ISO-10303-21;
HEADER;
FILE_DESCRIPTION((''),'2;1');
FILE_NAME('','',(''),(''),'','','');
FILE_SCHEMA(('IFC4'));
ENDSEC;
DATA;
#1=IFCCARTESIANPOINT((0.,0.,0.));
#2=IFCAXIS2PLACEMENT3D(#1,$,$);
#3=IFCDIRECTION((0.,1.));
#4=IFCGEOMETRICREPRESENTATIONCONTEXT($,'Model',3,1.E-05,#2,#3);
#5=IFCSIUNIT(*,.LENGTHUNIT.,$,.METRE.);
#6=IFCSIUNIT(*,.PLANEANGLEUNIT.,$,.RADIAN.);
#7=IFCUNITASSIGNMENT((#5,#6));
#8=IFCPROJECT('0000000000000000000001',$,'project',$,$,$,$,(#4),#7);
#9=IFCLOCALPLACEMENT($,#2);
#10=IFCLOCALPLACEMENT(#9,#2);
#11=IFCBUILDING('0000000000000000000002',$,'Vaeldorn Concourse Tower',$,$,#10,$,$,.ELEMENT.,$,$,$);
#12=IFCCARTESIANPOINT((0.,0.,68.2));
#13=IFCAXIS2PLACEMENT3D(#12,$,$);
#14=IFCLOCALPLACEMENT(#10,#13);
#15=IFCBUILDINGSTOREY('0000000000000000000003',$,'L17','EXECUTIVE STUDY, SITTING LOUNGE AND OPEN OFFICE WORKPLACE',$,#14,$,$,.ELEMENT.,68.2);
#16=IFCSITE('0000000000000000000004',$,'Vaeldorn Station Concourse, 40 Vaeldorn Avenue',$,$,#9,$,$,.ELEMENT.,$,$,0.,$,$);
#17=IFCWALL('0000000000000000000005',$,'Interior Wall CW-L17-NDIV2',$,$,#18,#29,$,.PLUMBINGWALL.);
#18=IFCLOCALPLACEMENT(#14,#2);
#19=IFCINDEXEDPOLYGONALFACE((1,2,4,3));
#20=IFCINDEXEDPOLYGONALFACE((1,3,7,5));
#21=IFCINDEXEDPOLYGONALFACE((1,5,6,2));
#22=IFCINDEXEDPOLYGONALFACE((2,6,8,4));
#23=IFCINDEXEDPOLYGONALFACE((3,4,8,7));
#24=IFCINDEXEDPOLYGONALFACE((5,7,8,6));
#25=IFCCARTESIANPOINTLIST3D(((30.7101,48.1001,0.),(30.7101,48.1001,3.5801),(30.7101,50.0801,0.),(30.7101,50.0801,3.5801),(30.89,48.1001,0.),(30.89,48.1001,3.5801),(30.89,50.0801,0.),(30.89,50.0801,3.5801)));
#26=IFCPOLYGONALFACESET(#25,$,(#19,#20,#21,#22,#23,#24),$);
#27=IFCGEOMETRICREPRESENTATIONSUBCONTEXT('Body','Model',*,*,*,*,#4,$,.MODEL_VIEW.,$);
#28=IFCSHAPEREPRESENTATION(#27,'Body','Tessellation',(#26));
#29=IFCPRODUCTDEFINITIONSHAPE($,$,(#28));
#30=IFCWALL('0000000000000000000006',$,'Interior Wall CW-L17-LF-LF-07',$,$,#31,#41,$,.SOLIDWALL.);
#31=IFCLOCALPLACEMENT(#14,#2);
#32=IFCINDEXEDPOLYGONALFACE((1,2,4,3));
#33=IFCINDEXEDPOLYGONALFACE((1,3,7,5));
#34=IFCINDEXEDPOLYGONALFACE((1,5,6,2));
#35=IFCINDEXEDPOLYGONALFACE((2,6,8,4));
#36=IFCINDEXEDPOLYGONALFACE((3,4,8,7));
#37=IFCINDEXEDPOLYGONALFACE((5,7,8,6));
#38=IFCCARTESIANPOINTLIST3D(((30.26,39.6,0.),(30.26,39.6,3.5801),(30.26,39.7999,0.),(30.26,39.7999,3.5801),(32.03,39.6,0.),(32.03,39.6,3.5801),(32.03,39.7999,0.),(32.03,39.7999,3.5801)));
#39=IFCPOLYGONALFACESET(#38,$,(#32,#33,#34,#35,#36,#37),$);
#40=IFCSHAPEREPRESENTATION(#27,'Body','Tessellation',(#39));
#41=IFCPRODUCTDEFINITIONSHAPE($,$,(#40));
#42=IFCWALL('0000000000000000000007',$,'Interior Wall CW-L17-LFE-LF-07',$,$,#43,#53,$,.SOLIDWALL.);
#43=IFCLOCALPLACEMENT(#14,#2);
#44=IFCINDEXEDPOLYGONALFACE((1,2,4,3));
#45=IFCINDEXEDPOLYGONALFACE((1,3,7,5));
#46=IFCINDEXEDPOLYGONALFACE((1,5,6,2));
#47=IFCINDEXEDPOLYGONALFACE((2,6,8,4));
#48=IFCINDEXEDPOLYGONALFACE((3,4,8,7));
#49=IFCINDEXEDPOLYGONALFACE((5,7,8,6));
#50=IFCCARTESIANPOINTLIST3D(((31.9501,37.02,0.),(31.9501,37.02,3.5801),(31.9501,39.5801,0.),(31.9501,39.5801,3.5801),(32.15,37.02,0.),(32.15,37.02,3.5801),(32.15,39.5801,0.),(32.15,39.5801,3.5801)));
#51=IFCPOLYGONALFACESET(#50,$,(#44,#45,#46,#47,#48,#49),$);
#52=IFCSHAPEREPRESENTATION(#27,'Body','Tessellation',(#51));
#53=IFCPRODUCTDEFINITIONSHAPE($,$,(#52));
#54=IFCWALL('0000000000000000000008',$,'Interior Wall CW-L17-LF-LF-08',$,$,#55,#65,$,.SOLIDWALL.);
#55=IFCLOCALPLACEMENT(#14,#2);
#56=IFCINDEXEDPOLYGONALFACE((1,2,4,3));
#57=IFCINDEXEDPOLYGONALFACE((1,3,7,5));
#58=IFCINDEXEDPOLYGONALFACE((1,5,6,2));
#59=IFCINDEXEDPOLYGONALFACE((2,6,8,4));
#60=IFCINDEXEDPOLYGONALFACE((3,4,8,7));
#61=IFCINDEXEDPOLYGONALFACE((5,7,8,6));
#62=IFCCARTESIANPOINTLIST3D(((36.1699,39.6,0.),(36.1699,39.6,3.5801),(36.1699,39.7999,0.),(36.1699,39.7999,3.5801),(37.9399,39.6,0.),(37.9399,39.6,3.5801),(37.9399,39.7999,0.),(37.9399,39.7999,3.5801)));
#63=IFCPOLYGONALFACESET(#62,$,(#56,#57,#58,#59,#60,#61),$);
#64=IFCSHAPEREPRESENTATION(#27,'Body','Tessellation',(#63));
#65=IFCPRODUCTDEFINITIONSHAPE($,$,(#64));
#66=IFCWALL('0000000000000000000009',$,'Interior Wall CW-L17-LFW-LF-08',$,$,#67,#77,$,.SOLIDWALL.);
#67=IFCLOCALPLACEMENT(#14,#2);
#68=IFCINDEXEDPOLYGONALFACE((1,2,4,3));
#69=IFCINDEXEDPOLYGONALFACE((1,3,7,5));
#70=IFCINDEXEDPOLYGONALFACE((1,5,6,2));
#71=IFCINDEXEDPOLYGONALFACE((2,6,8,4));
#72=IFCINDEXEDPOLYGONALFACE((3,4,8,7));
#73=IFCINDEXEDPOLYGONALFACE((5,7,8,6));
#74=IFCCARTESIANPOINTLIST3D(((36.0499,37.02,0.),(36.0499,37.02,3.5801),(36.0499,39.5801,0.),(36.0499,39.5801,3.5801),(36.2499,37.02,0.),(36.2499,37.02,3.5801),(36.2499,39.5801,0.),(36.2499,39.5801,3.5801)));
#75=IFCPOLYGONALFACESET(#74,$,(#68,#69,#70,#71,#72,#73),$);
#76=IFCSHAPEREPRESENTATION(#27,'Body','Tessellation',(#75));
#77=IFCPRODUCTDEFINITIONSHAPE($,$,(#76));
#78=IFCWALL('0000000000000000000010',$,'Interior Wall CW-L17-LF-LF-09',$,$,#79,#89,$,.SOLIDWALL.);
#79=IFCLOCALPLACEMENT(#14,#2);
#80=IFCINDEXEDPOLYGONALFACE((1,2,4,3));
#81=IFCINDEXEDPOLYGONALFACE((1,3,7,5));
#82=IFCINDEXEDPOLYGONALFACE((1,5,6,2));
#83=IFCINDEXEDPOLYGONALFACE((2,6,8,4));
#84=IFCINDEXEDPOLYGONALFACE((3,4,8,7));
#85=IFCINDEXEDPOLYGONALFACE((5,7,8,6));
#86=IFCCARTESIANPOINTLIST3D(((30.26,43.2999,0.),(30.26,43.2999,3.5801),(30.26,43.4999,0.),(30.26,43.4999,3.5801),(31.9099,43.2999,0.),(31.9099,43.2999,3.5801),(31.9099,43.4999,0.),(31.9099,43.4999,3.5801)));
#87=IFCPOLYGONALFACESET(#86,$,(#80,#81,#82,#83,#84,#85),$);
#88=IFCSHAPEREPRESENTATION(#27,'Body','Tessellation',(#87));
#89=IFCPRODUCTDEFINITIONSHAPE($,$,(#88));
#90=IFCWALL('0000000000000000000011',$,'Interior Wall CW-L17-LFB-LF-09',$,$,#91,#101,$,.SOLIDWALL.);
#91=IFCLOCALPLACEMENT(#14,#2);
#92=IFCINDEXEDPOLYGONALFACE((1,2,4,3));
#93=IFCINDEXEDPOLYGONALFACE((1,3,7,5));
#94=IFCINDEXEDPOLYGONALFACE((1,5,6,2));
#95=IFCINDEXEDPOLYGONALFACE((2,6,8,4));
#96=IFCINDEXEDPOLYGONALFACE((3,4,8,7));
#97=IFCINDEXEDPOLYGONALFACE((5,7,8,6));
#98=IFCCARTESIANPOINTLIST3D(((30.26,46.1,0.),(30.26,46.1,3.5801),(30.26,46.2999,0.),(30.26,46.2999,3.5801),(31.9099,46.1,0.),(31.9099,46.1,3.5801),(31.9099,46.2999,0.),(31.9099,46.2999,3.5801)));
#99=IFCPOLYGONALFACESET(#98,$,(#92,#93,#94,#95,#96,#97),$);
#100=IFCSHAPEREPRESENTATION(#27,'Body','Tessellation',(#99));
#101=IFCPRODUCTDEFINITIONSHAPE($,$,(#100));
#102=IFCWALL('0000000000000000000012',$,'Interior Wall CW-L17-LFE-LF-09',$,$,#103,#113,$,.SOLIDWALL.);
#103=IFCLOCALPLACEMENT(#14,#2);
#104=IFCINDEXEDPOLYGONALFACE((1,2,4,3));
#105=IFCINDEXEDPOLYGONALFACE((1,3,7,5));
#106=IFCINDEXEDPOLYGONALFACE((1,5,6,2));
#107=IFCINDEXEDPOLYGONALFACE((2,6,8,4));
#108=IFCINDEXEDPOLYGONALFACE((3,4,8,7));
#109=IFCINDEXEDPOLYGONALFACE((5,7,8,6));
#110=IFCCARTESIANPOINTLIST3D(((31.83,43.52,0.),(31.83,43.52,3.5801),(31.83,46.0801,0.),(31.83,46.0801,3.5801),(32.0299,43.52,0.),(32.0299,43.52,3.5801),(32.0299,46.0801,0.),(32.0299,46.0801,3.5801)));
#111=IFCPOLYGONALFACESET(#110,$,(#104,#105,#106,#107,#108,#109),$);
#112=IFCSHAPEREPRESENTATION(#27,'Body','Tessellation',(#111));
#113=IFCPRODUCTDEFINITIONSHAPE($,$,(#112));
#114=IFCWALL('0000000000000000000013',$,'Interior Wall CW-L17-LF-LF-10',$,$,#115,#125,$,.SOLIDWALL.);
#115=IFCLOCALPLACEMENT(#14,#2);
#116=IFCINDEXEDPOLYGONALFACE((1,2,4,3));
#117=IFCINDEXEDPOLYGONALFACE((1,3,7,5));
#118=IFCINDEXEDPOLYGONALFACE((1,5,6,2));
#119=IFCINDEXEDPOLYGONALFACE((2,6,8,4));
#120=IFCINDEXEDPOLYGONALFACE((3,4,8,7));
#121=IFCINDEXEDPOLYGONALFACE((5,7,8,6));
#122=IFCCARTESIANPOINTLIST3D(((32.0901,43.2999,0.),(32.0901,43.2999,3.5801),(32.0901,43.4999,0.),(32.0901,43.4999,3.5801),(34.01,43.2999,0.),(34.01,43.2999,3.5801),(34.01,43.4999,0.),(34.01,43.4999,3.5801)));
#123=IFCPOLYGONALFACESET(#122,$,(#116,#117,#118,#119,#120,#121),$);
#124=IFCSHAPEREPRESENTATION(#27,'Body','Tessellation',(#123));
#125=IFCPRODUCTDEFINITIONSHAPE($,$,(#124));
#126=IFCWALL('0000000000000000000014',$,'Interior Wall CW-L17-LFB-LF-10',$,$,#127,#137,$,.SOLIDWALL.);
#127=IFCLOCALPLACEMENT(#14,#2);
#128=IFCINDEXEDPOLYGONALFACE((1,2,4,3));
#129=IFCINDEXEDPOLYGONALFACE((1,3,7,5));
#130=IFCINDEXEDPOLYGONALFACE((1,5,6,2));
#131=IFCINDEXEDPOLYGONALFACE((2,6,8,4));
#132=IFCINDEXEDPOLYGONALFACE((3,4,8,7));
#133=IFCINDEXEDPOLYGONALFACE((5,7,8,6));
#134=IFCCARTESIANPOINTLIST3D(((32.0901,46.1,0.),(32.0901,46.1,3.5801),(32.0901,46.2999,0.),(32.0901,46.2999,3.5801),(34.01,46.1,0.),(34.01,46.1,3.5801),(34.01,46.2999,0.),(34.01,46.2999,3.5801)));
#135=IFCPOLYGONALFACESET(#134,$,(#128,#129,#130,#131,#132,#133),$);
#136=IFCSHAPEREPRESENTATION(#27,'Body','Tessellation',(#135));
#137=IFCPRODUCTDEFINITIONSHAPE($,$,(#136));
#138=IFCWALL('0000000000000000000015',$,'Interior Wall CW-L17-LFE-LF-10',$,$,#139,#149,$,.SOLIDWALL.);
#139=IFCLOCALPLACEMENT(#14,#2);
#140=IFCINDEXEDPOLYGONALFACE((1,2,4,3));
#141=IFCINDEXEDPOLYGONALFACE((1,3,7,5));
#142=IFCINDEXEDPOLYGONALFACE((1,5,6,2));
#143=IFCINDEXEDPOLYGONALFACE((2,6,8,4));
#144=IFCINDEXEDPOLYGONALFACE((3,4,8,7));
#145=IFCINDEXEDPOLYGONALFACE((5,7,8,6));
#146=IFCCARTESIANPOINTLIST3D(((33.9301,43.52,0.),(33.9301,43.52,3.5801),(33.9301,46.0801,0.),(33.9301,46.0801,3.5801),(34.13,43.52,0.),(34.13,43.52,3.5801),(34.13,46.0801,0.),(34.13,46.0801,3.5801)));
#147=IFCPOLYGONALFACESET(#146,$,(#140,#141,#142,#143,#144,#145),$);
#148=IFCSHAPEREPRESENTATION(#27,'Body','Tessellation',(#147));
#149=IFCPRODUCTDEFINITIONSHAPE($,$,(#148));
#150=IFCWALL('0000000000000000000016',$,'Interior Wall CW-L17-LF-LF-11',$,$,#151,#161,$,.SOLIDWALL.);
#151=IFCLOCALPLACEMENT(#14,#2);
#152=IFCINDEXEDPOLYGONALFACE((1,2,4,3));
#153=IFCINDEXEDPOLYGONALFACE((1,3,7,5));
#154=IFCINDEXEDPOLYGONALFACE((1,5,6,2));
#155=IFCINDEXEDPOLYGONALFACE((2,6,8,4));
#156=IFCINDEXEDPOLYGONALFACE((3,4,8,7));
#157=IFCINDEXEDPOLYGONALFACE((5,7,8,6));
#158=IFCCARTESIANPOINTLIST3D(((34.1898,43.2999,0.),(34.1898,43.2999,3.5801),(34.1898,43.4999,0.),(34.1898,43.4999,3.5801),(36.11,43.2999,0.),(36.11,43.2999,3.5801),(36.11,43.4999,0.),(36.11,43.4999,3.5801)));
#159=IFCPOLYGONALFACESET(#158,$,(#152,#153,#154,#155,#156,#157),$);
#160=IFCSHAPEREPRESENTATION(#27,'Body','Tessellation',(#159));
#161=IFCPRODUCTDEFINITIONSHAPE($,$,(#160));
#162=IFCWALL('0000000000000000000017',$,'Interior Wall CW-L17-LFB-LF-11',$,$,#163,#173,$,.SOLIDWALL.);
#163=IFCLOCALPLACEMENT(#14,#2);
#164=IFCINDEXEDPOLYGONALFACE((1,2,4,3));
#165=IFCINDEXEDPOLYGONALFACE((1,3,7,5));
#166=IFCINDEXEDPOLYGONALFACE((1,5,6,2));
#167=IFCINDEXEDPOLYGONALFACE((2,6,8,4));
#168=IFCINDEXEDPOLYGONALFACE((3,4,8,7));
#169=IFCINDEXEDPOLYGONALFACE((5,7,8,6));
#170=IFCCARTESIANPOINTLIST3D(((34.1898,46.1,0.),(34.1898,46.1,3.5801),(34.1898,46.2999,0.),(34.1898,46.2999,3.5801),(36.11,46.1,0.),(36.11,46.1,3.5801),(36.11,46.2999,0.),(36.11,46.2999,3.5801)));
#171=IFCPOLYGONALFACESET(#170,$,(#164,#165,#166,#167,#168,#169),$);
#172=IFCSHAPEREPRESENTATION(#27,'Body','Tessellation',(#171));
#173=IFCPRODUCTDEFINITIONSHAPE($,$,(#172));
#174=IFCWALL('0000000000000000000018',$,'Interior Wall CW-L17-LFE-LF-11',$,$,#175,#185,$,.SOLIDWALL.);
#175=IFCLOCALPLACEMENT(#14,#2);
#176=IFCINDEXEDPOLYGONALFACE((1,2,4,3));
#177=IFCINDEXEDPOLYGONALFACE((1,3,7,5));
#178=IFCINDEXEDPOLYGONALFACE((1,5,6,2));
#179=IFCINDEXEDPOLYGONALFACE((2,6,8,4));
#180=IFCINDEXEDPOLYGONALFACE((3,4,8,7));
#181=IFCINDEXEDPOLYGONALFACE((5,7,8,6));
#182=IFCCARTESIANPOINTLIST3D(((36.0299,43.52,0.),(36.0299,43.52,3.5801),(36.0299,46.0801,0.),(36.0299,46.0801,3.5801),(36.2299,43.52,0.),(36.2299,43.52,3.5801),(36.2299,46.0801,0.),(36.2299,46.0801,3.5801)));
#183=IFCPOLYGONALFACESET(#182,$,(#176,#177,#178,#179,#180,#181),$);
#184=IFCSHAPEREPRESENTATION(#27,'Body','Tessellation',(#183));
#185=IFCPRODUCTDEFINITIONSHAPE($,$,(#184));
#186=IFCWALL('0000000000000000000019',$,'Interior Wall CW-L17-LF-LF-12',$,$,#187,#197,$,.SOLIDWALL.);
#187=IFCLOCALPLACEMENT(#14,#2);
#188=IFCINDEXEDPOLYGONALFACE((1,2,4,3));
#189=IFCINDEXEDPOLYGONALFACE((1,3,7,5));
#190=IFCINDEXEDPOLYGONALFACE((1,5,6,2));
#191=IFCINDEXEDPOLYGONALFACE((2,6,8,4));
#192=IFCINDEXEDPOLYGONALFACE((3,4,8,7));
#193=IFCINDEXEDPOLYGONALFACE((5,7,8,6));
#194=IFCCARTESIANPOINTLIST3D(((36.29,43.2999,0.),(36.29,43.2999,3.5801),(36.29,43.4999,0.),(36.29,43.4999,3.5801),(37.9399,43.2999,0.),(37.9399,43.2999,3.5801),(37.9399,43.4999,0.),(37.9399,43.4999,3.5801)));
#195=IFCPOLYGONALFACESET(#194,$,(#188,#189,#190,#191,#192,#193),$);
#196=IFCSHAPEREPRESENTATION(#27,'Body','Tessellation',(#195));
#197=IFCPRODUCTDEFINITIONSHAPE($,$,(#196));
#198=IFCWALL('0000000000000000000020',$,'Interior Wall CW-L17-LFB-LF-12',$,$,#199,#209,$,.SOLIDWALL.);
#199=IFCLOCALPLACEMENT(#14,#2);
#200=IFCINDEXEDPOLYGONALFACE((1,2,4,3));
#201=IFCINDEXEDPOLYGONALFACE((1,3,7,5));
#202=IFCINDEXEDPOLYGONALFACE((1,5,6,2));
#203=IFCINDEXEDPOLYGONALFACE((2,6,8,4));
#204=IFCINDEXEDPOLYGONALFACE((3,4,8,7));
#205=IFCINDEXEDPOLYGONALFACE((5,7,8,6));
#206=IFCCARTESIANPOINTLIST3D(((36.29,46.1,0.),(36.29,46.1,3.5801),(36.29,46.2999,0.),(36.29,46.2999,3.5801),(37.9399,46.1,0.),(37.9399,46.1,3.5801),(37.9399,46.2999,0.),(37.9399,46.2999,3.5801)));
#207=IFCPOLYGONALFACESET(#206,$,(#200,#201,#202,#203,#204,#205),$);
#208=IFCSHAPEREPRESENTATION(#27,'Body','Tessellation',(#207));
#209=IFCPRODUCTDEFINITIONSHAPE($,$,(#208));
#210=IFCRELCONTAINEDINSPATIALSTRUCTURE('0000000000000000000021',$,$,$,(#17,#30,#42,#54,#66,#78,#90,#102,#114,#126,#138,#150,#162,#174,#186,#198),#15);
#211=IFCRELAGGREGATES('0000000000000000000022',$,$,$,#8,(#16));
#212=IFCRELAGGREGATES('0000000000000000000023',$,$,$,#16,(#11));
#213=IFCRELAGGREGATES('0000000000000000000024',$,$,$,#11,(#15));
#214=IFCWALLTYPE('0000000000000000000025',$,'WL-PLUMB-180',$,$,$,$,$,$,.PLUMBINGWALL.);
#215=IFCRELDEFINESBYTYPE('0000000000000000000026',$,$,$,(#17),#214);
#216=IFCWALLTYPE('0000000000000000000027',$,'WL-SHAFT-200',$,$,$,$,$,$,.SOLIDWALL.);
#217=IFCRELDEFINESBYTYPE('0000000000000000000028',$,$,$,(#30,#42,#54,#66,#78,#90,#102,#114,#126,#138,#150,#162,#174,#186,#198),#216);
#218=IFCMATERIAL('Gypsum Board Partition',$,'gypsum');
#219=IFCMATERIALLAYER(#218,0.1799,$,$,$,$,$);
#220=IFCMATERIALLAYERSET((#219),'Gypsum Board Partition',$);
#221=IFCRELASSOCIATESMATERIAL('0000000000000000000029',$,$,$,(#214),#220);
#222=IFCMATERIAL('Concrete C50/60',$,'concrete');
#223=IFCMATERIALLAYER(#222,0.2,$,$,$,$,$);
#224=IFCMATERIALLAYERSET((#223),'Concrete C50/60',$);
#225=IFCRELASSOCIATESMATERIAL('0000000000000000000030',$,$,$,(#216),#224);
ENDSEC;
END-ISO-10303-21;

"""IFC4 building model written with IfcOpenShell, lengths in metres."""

from ifc_helpers import new_model, si_unit, direction, frame, frame_2d, origin, place, context, subcontext, project, spatial, rectangle, extrude, material, layer, layer_set, type_object, element, save


model = new_model("IFC4")

# Units and contexts
model_context = context("Model", 3, precision=1e-05, world=origin(), true_north=direction((0.0, 1.0)))
body_context = subcontext(model_context, "Body", "Model", "MODEL_VIEW")
ifc_project = project(units=[si_unit("LENGTHUNIT", "METRE"), si_unit("PLANEANGLEUNIT", "RADIAN")], contexts=[model_context])

# Site, building, storey
site_placement = place(None, origin())
site = spatial("IfcSite", under=ifc_project, at=site_placement, Name="Vaeldorn Station Concourse, 40 Vaeldorn Avenue", CompositionType="ELEMENT", RefElevation=0.0)
building_placement = place(site_placement, origin())
building = spatial("IfcBuilding", under=site, at=building_placement, Name="Vaeldorn Concourse Tower", CompositionType="ELEMENT")
storey_placement = place(building_placement, frame((0.0, 0.0, 68.2)))
storey = spatial("IfcBuildingStorey", under=building, at=storey_placement, Name="L17", Description="EXECUTIVE STUDY, SITTING LOUNGE AND OPEN OFFICE WORKPLACE", CompositionType="ELEMENT", Elevation=68.2)

# Shared definitions
ifc_material_1 = material(Name="Gypsum Board Partition", Category="gypsum")

# Walls
ifc_layer_1 = layer(ifc_material_1, 0.1799)
ifc_layer_set_1 = layer_set([ifc_layer_1], Name="Gypsum Board Partition")
wall_type_1 = type_object("IfcWallType", Name="WL-PLUMB-180", PredefinedType="PLUMBINGWALL", material=ifc_layer_set_1)
wall_1_placement = place(storey_placement, frame((30.8, 48.1001, 0.0), z_axis=(0.0, 0.0, 1.0), x_axis=(0.0, 1.0, 0.0)))
element("IfcWall", 1, at=wall_1_placement, inside=storey, type_object=wall_type_1, Name="Interior Wall CW-L17-NDIV2", PredefinedType="PLUMBINGWALL", context=body_context, shape_type="SweptSolid", body=[
    extrude(rectangle(XDim=1.98, YDim=0.1799, at=frame_2d((0.99, 0.0))), origin(), (0.0, 0.0, 1.0), 3.5801),
])
ifc_material_2 = material(Name="Concrete C50/60", Category="concrete")
ifc_layer_2 = layer(ifc_material_2, 0.2)
ifc_layer_set_2 = layer_set([ifc_layer_2], Name="Concrete C50/60")
wall_type_2 = type_object("IfcWallType", Name="WL-SHAFT-200", PredefinedType="SOLIDWALL", material=ifc_layer_set_2)
wall_2_placement = place(storey_placement, frame((30.26, 39.7, 0.0), z_axis=(0.0, 0.0, 1.0), x_axis=(1.0, 0.0, 0.0)))
element("IfcWall", 2, at=wall_2_placement, inside=storey, type_object=wall_type_2, Name="Interior Wall CW-L17-LF-LF-07", PredefinedType="SOLIDWALL", context=body_context, shape_type="SweptSolid", body=[
    extrude(rectangle(XDim=1.77, YDim=0.2, at=frame_2d((0.885, 0.0))), origin(), (0.0, 0.0, 1.0), 3.5801),
])
wall_3_placement = place(storey_placement, frame((32.05, 37.02, 0.0), z_axis=(0.0, 0.0, 1.0), x_axis=(0.0, 1.0, 0.0)))
element("IfcWall", 3, at=wall_3_placement, inside=storey, type_object=wall_type_2, Name="Interior Wall CW-L17-LFE-LF-07", PredefinedType="SOLIDWALL", context=body_context, shape_type="SweptSolid", body=[
    extrude(rectangle(XDim=2.5601, YDim=0.2, at=frame_2d((1.28, 0.0))), origin(), (0.0, 0.0, 1.0), 3.5801),
])
wall_4_placement = place(storey_placement, frame((36.1699, 39.7, 0.0), z_axis=(0.0, 0.0, 1.0), x_axis=(1.0, 0.0, 0.0)))
element("IfcWall", 4, at=wall_4_placement, inside=storey, type_object=wall_type_2, Name="Interior Wall CW-L17-LF-LF-08", PredefinedType="SOLIDWALL", context=body_context, shape_type="SweptSolid", body=[
    extrude(rectangle(XDim=1.77, YDim=0.2, at=frame_2d((0.885, 0.0))), origin(), (0.0, 0.0, 1.0), 3.5801),
])
wall_5_placement = place(storey_placement, frame((36.1499, 37.02, 0.0), z_axis=(0.0, 0.0, 1.0), x_axis=(0.0, 1.0, 0.0)))
element("IfcWall", 5, at=wall_5_placement, inside=storey, type_object=wall_type_2, Name="Interior Wall CW-L17-LFW-LF-08", PredefinedType="SOLIDWALL", context=body_context, shape_type="SweptSolid", body=[
    extrude(rectangle(XDim=2.5601, YDim=0.2, at=frame_2d((1.28, 0.0))), origin(), (0.0, 0.0, 1.0), 3.5801),
])
for number, where, z_axis, x_axis, name in (
    (6, (30.26, 43.3999, 0.0), (0.0, 0.0, 1.0), (1.0, 0.0, 0.0), "Interior Wall CW-L17-LF-LF-09"),
    (7, (30.26, 46.2, 0.0), (0.0, 0.0, 1.0), (1.0, 0.0, 0.0), "Interior Wall CW-L17-LFB-LF-09"),
):
    element("IfcWall", number, at=place(storey_placement, frame(where, z_axis=z_axis, x_axis=x_axis)), inside=storey, type_object=wall_type_2, Name=name, PredefinedType="SOLIDWALL", context=body_context, shape_type="SweptSolid", body=[
        extrude(rectangle(XDim=1.6499, YDim=0.2, at=frame_2d((0.825, 0.0))), origin(), (0.0, 0.0, 1.0), 3.5801),
    ])
wall_6_placement = place(storey_placement, frame((31.9299, 43.52, 0.0), z_axis=(0.0, 0.0, 1.0), x_axis=(0.0, 1.0, 0.0)))
element("IfcWall", 8, at=wall_6_placement, inside=storey, type_object=wall_type_2, Name="Interior Wall CW-L17-LFE-LF-09", PredefinedType="SOLIDWALL", context=body_context, shape_type="SweptSolid", body=[
    extrude(rectangle(XDim=2.5601, YDim=0.2, at=frame_2d((1.28, 0.0))), origin(), (0.0, 0.0, 1.0), 3.5801),
])
for number, where, z_axis, x_axis, name in (
    (9, (32.0901, 43.3999, 0.0), (0.0, 0.0, 1.0), (1.0, 0.0, 0.0), "Interior Wall CW-L17-LF-LF-10"),
    (10, (32.0901, 46.2, 0.0), (0.0, 0.0, 1.0), (1.0, 0.0, 0.0), "Interior Wall CW-L17-LFB-LF-10"),
):
    element("IfcWall", number, at=place(storey_placement, frame(where, z_axis=z_axis, x_axis=x_axis)), inside=storey, type_object=wall_type_2, Name=name, PredefinedType="SOLIDWALL", context=body_context, shape_type="SweptSolid", body=[
        extrude(rectangle(XDim=1.9199, YDim=0.2, at=frame_2d((0.96, 0.0))), origin(), (0.0, 0.0, 1.0), 3.5801),
    ])
wall_7_placement = place(storey_placement, frame((34.03, 43.52, 0.0), z_axis=(0.0, 0.0, 1.0), x_axis=(0.0, 1.0, 0.0)))
element("IfcWall", 11, at=wall_7_placement, inside=storey, type_object=wall_type_2, Name="Interior Wall CW-L17-LFE-LF-10", PredefinedType="SOLIDWALL", context=body_context, shape_type="SweptSolid", body=[
    extrude(rectangle(XDim=2.5601, YDim=0.2, at=frame_2d((1.28, 0.0))), origin(), (0.0, 0.0, 1.0), 3.5801),
])
for number, where, z_axis, x_axis, name in (
    (12, (34.1899, 43.3999, 0.0), (0.0, 0.0, 1.0), (1.0, 0.0, 0.0), "Interior Wall CW-L17-LF-LF-11"),
    (13, (34.1899, 46.2, 0.0), (0.0, 0.0, 1.0), (1.0, 0.0, 0.0), "Interior Wall CW-L17-LFB-LF-11"),
):
    element("IfcWall", number, at=place(storey_placement, frame(where, z_axis=z_axis, x_axis=x_axis)), inside=storey, type_object=wall_type_2, Name=name, PredefinedType="SOLIDWALL", context=body_context, shape_type="SweptSolid", body=[
        extrude(rectangle(XDim=1.9202, YDim=0.2, at=frame_2d((0.96, 0.0))), origin(), (0.0, 0.0, 1.0), 3.5801),
    ])
wall_8_placement = place(storey_placement, frame((36.1299, 43.52, 0.0), z_axis=(0.0, 0.0, 1.0), x_axis=(0.0, 1.0, 0.0)))
element("IfcWall", 14, at=wall_8_placement, inside=storey, type_object=wall_type_2, Name="Interior Wall CW-L17-LFE-LF-11", PredefinedType="SOLIDWALL", context=body_context, shape_type="SweptSolid", body=[
    extrude(rectangle(XDim=2.5601, YDim=0.2, at=frame_2d((1.28, 0.0))), origin(), (0.0, 0.0, 1.0), 3.5801),
])
for number, where, z_axis, x_axis, name in (
    (15, (36.29, 43.3999, 0.0), (0.0, 0.0, 1.0), (1.0, 0.0, 0.0), "Interior Wall CW-L17-LF-LF-12"),
    (16, (36.29, 46.2, 0.0), (0.0, 0.0, 1.0), (1.0, 0.0, 0.0), "Interior Wall CW-L17-LFB-LF-12"),
):
    element("IfcWall", number, at=place(storey_placement, frame(where, z_axis=z_axis, x_axis=x_axis)), inside=storey, type_object=wall_type_2, Name=name, PredefinedType="SOLIDWALL", context=body_context, shape_type="SweptSolid", body=[
        extrude(rectangle(XDim=1.6499, YDim=0.2, at=frame_2d((0.825, 0.0))), origin(), (0.0, 0.0, 1.0), 3.5801),
    ])

save(model, "model.ifc")
